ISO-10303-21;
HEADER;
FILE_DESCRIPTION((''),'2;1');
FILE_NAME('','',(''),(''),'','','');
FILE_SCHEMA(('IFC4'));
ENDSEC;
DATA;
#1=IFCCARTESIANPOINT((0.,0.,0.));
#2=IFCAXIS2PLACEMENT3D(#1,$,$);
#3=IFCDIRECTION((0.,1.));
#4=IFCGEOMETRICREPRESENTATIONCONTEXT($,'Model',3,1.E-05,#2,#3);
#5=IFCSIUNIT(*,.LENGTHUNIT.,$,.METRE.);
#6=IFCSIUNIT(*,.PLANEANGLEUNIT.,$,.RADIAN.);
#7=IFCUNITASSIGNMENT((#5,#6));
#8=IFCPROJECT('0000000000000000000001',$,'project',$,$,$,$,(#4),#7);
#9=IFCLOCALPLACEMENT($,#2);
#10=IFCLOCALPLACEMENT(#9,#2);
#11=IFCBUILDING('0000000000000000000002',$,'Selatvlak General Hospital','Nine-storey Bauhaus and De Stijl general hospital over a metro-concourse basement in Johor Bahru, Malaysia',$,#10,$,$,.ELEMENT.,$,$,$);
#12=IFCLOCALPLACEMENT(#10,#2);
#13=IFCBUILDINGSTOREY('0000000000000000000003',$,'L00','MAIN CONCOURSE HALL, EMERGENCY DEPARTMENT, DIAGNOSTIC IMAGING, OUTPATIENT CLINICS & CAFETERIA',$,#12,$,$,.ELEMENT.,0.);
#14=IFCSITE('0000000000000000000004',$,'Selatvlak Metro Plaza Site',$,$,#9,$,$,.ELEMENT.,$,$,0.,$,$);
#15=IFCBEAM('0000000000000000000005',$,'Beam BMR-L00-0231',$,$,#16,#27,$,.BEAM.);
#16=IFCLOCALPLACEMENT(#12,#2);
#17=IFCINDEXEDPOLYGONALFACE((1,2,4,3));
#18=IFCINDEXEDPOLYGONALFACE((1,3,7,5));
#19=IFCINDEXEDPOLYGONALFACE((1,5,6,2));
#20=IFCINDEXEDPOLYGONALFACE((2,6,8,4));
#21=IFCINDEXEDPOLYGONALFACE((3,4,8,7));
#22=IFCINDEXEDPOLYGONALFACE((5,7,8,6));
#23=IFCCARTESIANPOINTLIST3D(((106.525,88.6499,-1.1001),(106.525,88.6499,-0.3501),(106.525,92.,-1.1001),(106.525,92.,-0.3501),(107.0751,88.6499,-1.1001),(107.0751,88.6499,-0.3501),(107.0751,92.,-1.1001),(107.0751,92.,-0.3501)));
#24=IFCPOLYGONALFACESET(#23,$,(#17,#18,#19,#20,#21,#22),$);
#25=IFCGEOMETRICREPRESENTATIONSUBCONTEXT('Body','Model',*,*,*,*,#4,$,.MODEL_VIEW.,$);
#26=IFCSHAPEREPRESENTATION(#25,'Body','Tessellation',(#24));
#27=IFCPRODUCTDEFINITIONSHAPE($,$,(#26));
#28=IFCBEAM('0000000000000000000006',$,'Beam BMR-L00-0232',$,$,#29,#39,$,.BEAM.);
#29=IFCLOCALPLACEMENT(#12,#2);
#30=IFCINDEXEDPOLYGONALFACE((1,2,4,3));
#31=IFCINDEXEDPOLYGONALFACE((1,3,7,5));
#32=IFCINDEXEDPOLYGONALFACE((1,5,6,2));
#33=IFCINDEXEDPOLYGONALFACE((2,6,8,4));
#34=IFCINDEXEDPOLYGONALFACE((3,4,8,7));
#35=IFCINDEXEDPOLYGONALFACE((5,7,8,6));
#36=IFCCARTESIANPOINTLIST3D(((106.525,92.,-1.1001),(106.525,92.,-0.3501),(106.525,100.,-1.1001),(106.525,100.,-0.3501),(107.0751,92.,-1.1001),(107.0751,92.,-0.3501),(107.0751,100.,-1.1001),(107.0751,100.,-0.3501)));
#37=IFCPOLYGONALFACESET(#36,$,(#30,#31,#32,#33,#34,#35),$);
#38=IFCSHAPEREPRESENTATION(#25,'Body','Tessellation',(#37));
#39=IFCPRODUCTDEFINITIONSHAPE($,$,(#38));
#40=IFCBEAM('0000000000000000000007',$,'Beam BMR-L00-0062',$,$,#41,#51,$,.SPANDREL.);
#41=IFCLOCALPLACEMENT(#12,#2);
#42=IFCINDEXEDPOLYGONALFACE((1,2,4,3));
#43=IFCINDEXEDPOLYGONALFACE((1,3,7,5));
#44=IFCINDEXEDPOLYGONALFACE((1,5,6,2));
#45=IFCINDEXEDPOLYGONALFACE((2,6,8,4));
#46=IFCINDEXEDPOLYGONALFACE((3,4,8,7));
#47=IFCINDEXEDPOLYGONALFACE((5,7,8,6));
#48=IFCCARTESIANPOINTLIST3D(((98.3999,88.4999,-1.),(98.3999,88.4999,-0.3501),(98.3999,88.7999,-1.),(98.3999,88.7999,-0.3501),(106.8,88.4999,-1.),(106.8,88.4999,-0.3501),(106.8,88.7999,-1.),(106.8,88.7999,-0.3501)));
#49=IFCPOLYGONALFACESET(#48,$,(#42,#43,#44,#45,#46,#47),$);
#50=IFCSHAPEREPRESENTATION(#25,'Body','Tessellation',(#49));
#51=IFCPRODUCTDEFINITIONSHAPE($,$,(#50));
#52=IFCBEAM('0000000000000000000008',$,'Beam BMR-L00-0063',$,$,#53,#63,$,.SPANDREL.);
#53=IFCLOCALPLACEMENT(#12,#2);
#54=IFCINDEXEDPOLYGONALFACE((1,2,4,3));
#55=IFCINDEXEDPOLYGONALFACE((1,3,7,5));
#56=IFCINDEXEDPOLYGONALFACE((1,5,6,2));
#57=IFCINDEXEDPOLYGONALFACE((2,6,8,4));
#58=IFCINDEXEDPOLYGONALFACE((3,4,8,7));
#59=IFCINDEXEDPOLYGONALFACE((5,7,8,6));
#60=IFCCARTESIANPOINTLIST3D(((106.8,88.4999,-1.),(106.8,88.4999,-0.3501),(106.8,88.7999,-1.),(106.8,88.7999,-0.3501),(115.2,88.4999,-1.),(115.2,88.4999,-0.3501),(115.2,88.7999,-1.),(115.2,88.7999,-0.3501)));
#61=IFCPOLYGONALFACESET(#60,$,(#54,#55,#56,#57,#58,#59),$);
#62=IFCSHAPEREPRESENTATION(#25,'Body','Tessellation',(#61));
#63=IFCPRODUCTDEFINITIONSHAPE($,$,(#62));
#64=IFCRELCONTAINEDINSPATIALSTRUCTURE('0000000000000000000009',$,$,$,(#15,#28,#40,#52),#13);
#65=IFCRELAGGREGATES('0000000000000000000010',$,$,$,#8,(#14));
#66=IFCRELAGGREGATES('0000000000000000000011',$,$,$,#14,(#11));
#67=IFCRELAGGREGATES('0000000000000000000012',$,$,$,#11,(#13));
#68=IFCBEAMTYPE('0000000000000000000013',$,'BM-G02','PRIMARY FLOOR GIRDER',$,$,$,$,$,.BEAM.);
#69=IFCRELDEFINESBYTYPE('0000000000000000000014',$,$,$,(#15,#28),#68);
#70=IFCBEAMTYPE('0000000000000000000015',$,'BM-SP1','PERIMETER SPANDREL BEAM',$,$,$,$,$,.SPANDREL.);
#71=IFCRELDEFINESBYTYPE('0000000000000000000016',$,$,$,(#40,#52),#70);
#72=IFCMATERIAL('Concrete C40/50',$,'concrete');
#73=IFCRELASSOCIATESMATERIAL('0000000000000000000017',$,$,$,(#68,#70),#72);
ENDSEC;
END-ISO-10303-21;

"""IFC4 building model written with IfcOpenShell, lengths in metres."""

from ifc_helpers import new_model, si_unit, direction, frame, origin, origin_2d, place, context, subcontext, project, spatial, rectangle, extrude, material, material_profile, profile_set, type_object, element, save


model = new_model("IFC4")

# Units and contexts
model_context = context("Model", 3, precision=1e-05, world=origin(), true_north=direction((0.0, 1.0)))
body_context = subcontext(model_context, "Body", "Model", "MODEL_VIEW")
ifc_project = project(units=[si_unit("LENGTHUNIT", "METRE"), si_unit("PLANEANGLEUNIT", "RADIAN")], contexts=[model_context])

# Site, building, storey
site_placement = place(None, origin())
site = spatial("IfcSite", under=ifc_project, at=site_placement, Name="Selatvlak Metro Plaza Site", CompositionType="ELEMENT", RefElevation=0.0)
building_placement = place(site_placement, origin())
building = spatial("IfcBuilding", under=site, at=building_placement, Name="Selatvlak General Hospital", Description="Nine-storey Bauhaus and De Stijl general hospital over a metro-concourse basement in Johor Bahru, Malaysia", CompositionType="ELEMENT")
storey_placement = place(building_placement, origin())
storey = spatial("IfcBuildingStorey", under=building, at=storey_placement, Name="L00", Description="MAIN CONCOURSE HALL, EMERGENCY DEPARTMENT, DIAGNOSTIC IMAGING, OUTPATIENT CLINICS & CAFETERIA", CompositionType="ELEMENT", Elevation=0.0)

# Beams
ifc_material_1 = material(Name="Concrete C40/50", Category="concrete")
ifc_material_profile_1 = material_profile(ifc_material_1, rectangle(XDim=0.55, YDim=0.75, at=origin_2d()), Name="RC-BM 550x750")
ifc_profile_set_1 = profile_set([ifc_material_profile_1], Name="Concrete C40/50")
beam_type_1 = type_object("IfcBeamType", Name="BM-G02", Description="PRIMARY FLOOR GIRDER", PredefinedType="BEAM", material=ifc_profile_set_1)
beam_1_placement = place(storey_placement, frame((106.8, 88.6499, -0.7251), z_axis=(0.0, 1.0, 0.0), x_axis=(-1.0, 0.0, 0.0)))
element("IfcBeam", 1, at=beam_1_placement, inside=storey, type_object=beam_type_1, Name="Beam BMR-L00-0231", PredefinedType="BEAM", context=body_context, shape_type="SweptSolid", body=[
    extrude(rectangle(XDim=0.55, YDim=0.75, at=origin_2d()), origin(), (0.0, 0.0, 1.0), 3.3501),
])
beam_2_placement = place(storey_placement, frame((106.8, 92.0, -0.7251), z_axis=(0.0, 1.0, 0.0), x_axis=(-1.0, 0.0, 0.0)))
element("IfcBeam", 2, at=beam_2_placement, inside=storey, type_object=beam_type_1, Name="Beam BMR-L00-0232", PredefinedType="BEAM", context=body_context, shape_type="SweptSolid", body=[
    extrude(rectangle(XDim=0.55, YDim=0.75, at=origin_2d()), origin(), (0.0, 0.0, 1.0), 8.0),
])
ifc_material_profile_2 = material_profile(ifc_material_1, rectangle(XDim=0.3, YDim=0.6499, at=origin_2d()), Name="RC-SP 300x650")
ifc_profile_set_2 = profile_set([ifc_material_profile_2], Name="Concrete C40/50")
beam_type_2 = type_object("IfcBeamType", Name="BM-SP1", Description="PERIMETER SPANDREL BEAM", PredefinedType="SPANDREL", material=ifc_profile_set_2)
beam_3_placement = place(storey_placement, frame((98.3999, 88.6499, -0.675), z_axis=(1.0, 0.0, 0.0), x_axis=(0.0, 1.0, 0.0)))
element("IfcBeam", 3, at=beam_3_placement, inside=storey, type_object=beam_type_2, Name="Beam BMR-L00-0062", PredefinedType="SPANDREL", context=body_context, shape_type="SweptSolid", body=[
    extrude(rectangle(XDim=0.3, YDim=0.6499, at=origin_2d()), origin(), (0.0, 0.0, 1.0), 8.4001),
])
beam_4_placement = place(storey_placement, frame((106.8, 88.6499, -0.675), z_axis=(1.0, 0.0, 0.0), x_axis=(0.0, 1.0, 0.0)))
element("IfcBeam", 4, at=beam_4_placement, inside=storey, type_object=beam_type_2, Name="Beam BMR-L00-0063", PredefinedType="SPANDREL", context=body_context, shape_type="SweptSolid", body=[
    extrude(rectangle(XDim=0.3, YDim=0.6499, at=origin_2d()), origin(), (0.0, 0.0, 1.0), 8.3999),
])

save(model, "model.ifc")
